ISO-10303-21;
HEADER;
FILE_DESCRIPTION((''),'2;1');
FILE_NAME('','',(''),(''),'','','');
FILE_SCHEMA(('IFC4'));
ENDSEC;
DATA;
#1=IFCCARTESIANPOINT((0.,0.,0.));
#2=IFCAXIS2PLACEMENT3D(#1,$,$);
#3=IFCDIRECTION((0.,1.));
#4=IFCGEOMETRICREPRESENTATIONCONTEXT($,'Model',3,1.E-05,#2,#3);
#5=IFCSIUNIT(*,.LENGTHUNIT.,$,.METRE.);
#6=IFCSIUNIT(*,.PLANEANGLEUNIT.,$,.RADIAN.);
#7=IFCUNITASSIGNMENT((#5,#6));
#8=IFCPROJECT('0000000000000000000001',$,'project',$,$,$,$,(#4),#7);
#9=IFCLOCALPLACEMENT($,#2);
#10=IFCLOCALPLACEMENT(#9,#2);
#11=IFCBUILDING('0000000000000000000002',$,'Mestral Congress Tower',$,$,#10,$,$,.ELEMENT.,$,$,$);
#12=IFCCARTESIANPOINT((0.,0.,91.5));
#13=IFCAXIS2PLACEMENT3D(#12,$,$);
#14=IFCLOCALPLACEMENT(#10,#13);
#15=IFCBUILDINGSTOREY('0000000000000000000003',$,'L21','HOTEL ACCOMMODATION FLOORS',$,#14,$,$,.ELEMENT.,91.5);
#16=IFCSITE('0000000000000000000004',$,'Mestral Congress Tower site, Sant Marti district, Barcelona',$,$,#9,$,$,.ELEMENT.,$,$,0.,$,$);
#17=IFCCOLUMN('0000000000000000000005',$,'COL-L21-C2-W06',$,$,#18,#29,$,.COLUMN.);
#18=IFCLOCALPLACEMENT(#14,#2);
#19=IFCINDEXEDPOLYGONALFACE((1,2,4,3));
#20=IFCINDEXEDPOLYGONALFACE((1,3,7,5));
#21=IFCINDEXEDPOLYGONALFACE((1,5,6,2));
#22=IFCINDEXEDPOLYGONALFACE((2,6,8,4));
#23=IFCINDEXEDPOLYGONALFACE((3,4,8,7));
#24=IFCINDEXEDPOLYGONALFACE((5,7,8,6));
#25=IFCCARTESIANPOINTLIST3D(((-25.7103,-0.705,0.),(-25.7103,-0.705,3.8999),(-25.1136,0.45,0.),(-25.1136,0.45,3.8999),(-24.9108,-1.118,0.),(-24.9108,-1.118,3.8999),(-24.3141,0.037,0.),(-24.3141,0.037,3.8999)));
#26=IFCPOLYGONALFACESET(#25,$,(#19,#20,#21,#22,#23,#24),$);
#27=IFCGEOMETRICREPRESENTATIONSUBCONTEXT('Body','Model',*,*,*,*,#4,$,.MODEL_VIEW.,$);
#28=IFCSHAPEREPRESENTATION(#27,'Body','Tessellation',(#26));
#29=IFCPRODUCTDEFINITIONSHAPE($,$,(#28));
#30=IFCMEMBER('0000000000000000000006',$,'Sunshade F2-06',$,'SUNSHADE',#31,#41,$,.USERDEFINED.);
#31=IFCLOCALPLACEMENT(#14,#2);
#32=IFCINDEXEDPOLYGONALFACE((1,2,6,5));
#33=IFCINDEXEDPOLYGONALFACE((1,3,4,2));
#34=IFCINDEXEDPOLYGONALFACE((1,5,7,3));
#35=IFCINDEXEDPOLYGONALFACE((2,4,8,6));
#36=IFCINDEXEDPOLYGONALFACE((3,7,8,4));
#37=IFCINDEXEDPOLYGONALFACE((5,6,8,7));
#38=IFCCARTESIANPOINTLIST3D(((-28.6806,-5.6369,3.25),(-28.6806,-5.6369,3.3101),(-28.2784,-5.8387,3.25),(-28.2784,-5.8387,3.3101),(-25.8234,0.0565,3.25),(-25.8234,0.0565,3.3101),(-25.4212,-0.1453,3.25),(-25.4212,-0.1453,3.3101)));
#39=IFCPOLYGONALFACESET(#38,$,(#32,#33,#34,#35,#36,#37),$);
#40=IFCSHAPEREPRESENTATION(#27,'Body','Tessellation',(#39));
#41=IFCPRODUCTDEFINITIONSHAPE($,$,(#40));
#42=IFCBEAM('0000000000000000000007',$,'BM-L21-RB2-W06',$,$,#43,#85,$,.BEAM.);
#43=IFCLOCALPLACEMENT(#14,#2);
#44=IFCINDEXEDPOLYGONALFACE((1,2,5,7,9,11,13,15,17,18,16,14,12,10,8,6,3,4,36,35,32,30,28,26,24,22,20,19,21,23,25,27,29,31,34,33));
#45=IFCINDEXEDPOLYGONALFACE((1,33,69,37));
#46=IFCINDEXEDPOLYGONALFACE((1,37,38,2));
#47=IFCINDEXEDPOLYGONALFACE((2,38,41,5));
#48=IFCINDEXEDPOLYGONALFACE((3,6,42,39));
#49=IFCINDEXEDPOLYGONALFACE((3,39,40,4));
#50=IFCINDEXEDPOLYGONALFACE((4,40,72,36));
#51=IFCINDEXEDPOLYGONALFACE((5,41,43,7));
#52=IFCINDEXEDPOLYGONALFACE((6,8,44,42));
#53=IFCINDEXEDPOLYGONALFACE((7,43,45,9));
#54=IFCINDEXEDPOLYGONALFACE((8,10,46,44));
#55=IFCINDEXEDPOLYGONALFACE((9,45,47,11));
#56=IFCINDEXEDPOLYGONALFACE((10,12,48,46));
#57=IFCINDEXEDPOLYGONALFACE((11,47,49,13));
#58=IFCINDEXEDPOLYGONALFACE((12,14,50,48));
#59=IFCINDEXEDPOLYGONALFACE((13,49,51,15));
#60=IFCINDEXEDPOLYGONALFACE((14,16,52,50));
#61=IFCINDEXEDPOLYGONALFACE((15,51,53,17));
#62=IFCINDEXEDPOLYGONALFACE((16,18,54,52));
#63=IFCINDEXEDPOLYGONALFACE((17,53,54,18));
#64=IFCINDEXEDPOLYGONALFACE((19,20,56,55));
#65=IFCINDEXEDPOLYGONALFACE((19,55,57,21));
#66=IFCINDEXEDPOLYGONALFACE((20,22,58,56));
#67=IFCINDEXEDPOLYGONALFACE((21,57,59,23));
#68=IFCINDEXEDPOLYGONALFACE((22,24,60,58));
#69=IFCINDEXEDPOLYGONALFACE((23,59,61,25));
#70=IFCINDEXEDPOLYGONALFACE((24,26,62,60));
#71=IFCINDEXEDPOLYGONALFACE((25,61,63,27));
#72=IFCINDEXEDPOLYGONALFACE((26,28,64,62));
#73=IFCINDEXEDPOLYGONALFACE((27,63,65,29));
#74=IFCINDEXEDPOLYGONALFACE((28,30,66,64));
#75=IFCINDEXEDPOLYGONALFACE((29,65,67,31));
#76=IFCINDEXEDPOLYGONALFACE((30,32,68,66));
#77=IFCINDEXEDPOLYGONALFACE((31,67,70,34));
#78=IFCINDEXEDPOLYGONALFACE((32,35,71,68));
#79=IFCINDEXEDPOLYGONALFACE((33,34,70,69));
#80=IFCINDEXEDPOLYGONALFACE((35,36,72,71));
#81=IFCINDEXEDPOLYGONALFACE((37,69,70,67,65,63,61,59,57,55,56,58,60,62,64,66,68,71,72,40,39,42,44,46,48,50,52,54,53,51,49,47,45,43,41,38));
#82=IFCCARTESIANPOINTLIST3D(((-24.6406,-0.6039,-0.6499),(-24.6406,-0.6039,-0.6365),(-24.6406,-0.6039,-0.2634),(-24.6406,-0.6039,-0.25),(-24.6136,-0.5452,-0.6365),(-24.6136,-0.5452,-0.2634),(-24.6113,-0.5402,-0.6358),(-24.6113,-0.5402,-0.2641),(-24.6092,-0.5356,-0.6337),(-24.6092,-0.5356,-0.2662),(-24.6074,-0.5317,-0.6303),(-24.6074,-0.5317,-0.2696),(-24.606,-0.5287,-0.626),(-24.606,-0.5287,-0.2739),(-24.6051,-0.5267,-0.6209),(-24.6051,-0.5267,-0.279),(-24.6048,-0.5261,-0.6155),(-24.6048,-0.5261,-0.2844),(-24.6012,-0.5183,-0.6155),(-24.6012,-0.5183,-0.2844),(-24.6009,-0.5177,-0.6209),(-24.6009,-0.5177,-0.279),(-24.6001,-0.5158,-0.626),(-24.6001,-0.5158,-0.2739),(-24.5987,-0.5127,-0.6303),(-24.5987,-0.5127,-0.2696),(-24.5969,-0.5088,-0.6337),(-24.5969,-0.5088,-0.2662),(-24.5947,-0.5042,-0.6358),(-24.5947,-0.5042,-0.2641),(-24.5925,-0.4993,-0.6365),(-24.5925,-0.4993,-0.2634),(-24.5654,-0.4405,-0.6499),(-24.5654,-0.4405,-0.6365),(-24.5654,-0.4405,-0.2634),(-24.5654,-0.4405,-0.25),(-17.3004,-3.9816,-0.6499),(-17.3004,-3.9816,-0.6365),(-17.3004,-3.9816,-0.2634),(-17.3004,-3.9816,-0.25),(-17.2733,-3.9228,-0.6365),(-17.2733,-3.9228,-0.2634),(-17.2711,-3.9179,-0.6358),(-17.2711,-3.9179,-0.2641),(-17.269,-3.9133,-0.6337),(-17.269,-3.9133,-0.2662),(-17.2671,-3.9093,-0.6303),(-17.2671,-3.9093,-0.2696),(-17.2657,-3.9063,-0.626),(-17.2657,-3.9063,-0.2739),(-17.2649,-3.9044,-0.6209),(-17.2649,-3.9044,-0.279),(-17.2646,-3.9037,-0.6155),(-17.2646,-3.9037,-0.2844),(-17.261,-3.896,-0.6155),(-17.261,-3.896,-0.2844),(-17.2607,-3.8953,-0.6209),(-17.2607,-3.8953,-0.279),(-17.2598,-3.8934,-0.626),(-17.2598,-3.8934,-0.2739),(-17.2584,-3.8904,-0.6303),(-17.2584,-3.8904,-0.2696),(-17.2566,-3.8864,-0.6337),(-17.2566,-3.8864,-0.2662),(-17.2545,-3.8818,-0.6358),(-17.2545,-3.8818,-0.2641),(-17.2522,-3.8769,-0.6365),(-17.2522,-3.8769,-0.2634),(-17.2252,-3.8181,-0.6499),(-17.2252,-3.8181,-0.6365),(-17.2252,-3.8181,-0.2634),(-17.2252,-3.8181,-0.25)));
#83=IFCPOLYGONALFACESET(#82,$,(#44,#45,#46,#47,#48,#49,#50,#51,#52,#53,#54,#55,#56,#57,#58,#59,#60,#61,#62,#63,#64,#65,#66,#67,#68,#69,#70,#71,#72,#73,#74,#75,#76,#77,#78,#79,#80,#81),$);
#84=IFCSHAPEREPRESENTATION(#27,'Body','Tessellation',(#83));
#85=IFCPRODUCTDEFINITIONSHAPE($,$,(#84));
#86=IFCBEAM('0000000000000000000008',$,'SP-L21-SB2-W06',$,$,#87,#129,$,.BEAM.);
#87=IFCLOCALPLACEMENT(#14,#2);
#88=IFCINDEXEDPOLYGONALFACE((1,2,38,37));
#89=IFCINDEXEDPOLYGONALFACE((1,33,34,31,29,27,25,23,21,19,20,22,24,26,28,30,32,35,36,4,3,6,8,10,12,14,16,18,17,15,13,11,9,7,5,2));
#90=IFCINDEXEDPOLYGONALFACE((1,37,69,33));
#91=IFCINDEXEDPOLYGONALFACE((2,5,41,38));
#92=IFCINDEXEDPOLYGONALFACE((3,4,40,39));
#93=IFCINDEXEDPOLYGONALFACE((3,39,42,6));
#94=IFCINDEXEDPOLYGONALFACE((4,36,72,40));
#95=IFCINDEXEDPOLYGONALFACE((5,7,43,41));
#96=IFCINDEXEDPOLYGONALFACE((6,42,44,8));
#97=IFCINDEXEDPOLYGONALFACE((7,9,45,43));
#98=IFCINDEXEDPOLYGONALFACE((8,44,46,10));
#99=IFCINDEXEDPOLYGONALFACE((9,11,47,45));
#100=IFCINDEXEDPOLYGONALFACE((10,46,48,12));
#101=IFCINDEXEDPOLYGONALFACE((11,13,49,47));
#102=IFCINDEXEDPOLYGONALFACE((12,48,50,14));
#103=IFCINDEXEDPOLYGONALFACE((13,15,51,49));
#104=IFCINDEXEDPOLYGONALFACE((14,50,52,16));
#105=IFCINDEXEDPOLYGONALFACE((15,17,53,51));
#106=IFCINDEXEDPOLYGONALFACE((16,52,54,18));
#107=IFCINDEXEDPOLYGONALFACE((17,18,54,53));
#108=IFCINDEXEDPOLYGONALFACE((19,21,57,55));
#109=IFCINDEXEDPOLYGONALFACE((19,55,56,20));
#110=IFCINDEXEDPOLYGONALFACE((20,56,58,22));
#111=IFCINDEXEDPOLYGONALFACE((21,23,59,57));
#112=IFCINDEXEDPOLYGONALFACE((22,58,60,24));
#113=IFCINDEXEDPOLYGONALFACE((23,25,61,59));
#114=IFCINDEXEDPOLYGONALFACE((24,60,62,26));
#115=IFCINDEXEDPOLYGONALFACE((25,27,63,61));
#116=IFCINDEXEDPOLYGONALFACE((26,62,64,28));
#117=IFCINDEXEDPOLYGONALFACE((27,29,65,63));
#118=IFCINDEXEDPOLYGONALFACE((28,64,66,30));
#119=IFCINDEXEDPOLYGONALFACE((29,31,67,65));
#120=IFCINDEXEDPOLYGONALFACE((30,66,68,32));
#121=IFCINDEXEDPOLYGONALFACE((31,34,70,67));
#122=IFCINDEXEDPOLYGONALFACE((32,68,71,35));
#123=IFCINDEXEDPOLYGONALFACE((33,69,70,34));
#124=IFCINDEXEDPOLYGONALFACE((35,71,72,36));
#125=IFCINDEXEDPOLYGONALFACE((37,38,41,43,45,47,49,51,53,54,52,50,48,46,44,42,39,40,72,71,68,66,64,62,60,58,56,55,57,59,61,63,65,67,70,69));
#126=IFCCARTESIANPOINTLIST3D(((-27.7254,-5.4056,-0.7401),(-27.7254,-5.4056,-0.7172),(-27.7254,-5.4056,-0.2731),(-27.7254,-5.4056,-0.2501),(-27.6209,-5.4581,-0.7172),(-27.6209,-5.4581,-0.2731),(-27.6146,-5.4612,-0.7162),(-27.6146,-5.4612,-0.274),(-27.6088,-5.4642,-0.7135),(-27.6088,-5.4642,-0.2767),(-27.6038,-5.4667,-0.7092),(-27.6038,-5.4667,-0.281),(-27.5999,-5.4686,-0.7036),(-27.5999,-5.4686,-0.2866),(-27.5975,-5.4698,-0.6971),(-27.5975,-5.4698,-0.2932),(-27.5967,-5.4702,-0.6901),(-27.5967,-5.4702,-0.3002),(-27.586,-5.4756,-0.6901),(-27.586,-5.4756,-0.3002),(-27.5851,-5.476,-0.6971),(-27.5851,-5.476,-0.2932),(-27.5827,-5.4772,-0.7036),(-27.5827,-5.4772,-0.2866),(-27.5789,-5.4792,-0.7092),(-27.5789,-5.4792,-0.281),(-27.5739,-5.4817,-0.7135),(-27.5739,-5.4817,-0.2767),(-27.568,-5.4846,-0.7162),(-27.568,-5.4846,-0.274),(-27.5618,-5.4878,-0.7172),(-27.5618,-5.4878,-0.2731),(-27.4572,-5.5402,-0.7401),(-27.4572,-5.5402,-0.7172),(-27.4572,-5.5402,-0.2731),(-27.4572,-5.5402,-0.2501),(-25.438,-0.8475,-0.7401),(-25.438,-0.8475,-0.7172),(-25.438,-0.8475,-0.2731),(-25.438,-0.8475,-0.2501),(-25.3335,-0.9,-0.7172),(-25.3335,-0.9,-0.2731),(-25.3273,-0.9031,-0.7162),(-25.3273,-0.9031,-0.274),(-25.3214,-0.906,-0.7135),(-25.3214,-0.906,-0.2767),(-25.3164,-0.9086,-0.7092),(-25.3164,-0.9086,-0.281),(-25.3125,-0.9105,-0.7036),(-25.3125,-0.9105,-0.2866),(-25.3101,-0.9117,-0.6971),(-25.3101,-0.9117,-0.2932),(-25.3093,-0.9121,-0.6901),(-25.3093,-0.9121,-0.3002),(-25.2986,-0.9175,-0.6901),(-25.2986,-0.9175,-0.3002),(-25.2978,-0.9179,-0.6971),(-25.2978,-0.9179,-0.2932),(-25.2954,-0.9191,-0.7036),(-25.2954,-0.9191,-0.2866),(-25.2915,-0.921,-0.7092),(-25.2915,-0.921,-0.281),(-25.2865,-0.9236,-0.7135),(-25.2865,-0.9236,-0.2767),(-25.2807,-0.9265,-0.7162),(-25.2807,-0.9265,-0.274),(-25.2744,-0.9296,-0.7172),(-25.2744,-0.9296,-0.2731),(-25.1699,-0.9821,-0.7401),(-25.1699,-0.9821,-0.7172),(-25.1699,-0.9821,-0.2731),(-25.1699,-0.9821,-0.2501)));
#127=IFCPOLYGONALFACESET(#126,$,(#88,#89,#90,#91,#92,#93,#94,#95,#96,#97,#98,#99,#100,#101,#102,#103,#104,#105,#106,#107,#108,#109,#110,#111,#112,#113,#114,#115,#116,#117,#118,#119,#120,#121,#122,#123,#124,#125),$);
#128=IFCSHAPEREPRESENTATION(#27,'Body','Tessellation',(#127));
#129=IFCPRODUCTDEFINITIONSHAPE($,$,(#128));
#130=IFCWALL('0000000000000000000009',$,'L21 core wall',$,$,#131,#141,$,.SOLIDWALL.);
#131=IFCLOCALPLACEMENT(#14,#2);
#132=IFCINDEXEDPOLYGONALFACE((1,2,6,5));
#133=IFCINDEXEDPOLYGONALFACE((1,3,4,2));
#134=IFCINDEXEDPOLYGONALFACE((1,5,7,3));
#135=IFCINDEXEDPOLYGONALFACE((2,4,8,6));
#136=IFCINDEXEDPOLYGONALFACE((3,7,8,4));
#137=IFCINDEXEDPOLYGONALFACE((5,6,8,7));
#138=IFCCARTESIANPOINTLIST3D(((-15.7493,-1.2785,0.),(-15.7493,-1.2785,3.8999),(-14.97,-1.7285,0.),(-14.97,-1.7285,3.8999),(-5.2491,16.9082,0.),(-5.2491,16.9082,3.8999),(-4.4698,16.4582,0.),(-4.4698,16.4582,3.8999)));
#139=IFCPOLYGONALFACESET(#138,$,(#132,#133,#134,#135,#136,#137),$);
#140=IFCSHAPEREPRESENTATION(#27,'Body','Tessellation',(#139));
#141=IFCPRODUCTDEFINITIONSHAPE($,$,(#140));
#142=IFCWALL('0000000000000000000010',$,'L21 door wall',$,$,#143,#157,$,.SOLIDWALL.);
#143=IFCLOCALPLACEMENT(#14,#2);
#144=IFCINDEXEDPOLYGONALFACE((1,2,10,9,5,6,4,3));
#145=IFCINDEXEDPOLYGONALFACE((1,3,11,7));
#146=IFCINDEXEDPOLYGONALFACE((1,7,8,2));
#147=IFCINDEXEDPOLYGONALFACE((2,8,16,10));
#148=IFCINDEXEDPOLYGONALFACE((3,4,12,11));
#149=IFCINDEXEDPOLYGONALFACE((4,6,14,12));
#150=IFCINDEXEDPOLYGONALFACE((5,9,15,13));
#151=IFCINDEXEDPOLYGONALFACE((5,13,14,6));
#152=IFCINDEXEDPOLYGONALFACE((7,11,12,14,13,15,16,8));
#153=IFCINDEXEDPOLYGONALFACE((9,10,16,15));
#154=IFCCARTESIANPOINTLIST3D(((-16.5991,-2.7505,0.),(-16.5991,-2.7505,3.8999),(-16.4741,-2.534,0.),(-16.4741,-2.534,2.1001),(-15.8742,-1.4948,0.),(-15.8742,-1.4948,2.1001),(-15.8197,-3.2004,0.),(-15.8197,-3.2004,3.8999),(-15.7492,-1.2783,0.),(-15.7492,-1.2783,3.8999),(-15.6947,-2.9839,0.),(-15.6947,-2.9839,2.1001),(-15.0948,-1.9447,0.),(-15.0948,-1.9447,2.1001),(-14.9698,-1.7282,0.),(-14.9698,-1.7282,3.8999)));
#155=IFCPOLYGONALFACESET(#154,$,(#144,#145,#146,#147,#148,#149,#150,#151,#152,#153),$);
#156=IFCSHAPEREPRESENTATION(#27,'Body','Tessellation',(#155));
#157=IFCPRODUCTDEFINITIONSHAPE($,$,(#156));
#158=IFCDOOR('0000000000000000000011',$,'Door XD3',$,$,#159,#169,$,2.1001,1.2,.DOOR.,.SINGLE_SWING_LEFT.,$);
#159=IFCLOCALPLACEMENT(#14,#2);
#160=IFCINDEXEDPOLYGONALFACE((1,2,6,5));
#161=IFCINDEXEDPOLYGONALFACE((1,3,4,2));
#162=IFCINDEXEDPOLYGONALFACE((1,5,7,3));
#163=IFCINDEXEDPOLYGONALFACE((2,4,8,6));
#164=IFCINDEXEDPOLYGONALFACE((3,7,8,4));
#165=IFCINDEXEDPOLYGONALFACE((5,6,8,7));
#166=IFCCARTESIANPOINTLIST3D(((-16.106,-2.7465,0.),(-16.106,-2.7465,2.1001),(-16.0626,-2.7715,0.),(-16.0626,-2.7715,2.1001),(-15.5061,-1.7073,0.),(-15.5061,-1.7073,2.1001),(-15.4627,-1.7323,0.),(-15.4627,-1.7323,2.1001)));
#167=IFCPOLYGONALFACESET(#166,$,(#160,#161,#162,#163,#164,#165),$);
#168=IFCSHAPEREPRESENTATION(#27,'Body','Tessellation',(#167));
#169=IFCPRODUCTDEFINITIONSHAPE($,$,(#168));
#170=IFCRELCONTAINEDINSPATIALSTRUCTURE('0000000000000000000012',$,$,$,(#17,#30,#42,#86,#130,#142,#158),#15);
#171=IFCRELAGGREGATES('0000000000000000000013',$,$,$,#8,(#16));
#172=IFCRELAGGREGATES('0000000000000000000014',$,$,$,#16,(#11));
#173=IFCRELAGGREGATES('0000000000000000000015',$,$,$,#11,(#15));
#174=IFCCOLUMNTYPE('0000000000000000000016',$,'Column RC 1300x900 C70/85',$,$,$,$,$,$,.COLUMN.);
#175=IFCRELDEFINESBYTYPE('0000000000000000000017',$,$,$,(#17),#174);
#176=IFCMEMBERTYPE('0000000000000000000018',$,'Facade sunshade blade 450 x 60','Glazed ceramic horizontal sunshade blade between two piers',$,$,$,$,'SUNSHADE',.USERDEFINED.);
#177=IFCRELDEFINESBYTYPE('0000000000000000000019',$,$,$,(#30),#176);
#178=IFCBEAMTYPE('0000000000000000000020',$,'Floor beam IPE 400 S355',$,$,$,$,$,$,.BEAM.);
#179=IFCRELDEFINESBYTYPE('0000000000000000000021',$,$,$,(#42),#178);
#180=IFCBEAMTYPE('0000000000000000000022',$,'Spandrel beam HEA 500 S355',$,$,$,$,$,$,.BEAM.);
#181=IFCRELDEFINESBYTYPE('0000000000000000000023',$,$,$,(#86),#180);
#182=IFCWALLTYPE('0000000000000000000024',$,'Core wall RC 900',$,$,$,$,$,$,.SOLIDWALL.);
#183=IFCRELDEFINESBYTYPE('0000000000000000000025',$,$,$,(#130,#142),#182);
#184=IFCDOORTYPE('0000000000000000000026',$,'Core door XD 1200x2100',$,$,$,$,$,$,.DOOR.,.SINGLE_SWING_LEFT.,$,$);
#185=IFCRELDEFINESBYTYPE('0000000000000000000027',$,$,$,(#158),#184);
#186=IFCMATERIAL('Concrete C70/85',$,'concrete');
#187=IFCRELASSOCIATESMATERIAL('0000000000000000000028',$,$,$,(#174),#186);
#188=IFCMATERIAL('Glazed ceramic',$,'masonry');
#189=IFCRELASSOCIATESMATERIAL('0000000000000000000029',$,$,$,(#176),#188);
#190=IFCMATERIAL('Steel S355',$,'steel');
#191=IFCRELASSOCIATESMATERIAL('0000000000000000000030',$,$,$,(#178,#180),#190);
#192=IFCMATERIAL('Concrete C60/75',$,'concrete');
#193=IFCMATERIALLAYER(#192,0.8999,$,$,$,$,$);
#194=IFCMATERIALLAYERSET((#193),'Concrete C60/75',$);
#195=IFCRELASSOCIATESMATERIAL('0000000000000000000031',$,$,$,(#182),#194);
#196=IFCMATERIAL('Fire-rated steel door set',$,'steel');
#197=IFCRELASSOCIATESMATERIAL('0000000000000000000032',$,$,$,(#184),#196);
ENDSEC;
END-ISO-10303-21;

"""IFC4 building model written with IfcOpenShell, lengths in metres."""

from ifc_helpers import new_model, si_unit, direction, frame, frame_2d, origin, origin_2d, place, context, subcontext, project, spatial, rectangle, i_section, extrude, material, layer, layer_set, material_profile, profile_set, type_object, element, fill, save


model = new_model("IFC4")

# Units and contexts
model_context = context("Model", 3, precision=1e-05, world=origin(), true_north=direction((0.0, 1.0)))
body_context = subcontext(model_context, "Body", "Model", "MODEL_VIEW")
ifc_project = project(units=[si_unit("LENGTHUNIT", "METRE"), si_unit("PLANEANGLEUNIT", "RADIAN")], contexts=[model_context])

# Site, building, storey
site_placement = place(None, origin())
site = spatial("IfcSite", under=ifc_project, at=site_placement, Name="Mestral Congress Tower site, Sant Marti district, Barcelona", CompositionType="ELEMENT", RefElevation=0.0)
building_placement = place(site_placement, origin())
building = spatial("IfcBuilding", under=site, at=building_placement, Name="Mestral Congress Tower", CompositionType="ELEMENT")
storey_placement = place(building_placement, frame((0.0, 0.0, 91.5)))
storey = spatial("IfcBuildingStorey", under=building, at=storey_placement, Name="L21", Description="HOTEL ACCOMMODATION FLOORS", CompositionType="ELEMENT", Elevation=91.5)

# Column
ifc_material_1 = material(Name="Concrete C70/85", Category="concrete")
ifc_material_profile_1 = material_profile(ifc_material_1, rectangle(XDim=1.3, YDim=0.8999, at=origin_2d()), Name="RC 1300x900")
ifc_profile_set_1 = profile_set([ifc_material_profile_1], Name="Concrete C70/85")
column_type = type_object("IfcColumnType", Name="Column RC 1300x900 C70/85", PredefinedType="COLUMN", material=ifc_profile_set_1)
column_placement = place(storey_placement, frame((-25.0122, -0.334, 0.0), z_axis=(0.0, 0.0, 1.0), x_axis=(-0.458961, -0.888456, 0.0)))
element("IfcColumn", 1, at=column_placement, inside=storey, type_object=column_type, Name="COL-L21-C2-W06", PredefinedType="COLUMN", context=body_context, shape_type="SweptSolid", body=[
    extrude(rectangle(XDim=1.3, YDim=0.8999, at=origin_2d()), origin(), (0.0, 0.0, 1.0), 3.8999),
])

# Member
ifc_material_2 = material(Name="Glazed ceramic", Category="masonry")
ifc_material_profile_2 = material_profile(ifc_material_2, rectangle(XDim=0.45, YDim=0.0601, at=origin_2d()), Name="Ceramic blade 450 x 60")
ifc_profile_set_2 = profile_set([ifc_material_profile_2], Name="Glazed ceramic")
member_type = type_object("IfcMemberType", Name="Facade sunshade blade 450 x 60", Description="Glazed ceramic horizontal sunshade blade between two piers", ElementType="SUNSHADE", PredefinedType="USERDEFINED", material=ifc_profile_set_2)
member_placement = place(storey_placement, frame((-25.6223, -0.0444, 3.28), z_axis=(-0.448532, -0.893767, 0.0), x_axis=(0.893767, -0.448532, 0.0)))
element("IfcMember", 2, at=member_placement, inside=storey, type_object=member_type, Name="Sunshade F2-06", ObjectType="SUNSHADE", PredefinedType="USERDEFINED", context=body_context, shape_type="SweptSolid", body=[
    extrude(rectangle(XDim=0.45, YDim=0.0601, at=origin_2d()), origin(), (0.0, 0.0, 1.0), 6.3701),
])

# Beams
ifc_material_3 = material(Name="Steel S355", Category="steel")
ifc_material_profile_3 = material_profile(ifc_material_3, i_section(OverallWidth=0.1799, OverallDepth=0.3999, WebThickness=0.0085, FlangeThickness=0.0134, FilletRadius=0.021, at=origin_2d()), Name="IPE 400")
ifc_profile_set_3 = profile_set([ifc_material_profile_3], Name="Steel S355")
beam_type_1 = type_object("IfcBeamType", Name="Floor beam IPE 400 S355", PredefinedType="BEAM", material=ifc_profile_set_3)
beam_1_placement = place(storey_placement, frame((-24.603, -0.5222, -0.45), z_axis=(0.908437, -0.418021, 0.0), x_axis=(0.418021, 0.908437, 0.0)))
element("IfcBeam", 3, at=beam_1_placement, inside=storey, type_object=beam_type_1, Name="BM-L21-RB2-W06", PredefinedType="BEAM", context=body_context, shape_type="SweptSolid", body=[
    extrude(i_section(OverallWidth=0.1799, OverallDepth=0.3999, WebThickness=0.0085, FlangeThickness=0.0134, FilletRadius=0.021, at=origin_2d()), origin(), (0.0, 0.0, 1.0), 8.0801),
])
ifc_material_profile_4 = material_profile(ifc_material_3, i_section(OverallWidth=0.3, OverallDepth=0.49, WebThickness=0.012, FlangeThickness=0.0229, FilletRadius=0.0271, at=origin_2d()), Name="HEA 500")
ifc_profile_set_4 = profile_set([ifc_material_profile_4], Name="Steel S355")
beam_type_2 = type_object("IfcBeamType", Name="Spandrel beam HEA 500 S355", PredefinedType="BEAM", material=ifc_profile_set_4)
beam_2_placement = place(storey_placement, frame((-25.304, -0.9148, -0.4951), z_axis=(-0.448515, -0.893775, 0.0), x_axis=(0.893775, -0.448515, 0.0)))
element("IfcBeam", 4, at=beam_2_placement, inside=storey, type_object=beam_type_2, Name="SP-L21-SB2-W06", PredefinedType="BEAM", context=body_context, shape_type="SweptSolid", body=[
    extrude(i_section(OverallWidth=0.3, OverallDepth=0.49, WebThickness=0.012, FlangeThickness=0.0229, FilletRadius=0.0271, at=origin_2d()), origin(), (0.0, 0.0, 1.0), 5.0999),
])

# Wall
ifc_material_4 = material(Name="Concrete C60/75", Category="concrete")
ifc_layer_1 = layer(ifc_material_4, 0.8999)
ifc_layer_set_1 = layer_set([ifc_layer_1], Name="Concrete C60/75")
wall_type_1 = type_object("IfcWallType", Name="Core wall RC 900", PredefinedType="SOLIDWALL", material=ifc_layer_set_1)
wall_1_placement = place(storey_placement, frame((-15.3596, -1.5034, 0.0), z_axis=(0.0, 0.0, 1.0), x_axis=(0.500004, 0.866023, 0.0)))
element("IfcWall", 5, at=wall_1_placement, inside=storey, type_object=wall_type_1, Name="L21 core wall", PredefinedType="SOLIDWALL", context=body_context, shape_type="SweptSolid", body=[
    extrude(rectangle(XDim=21.0002, YDim=0.8999, at=frame_2d((10.5, 0.0))), origin(), (0.0, 0.0, 1.0), 3.8999),
])

# Wall, opening, door
wall_2_placement = place(storey_placement, frame((-16.2095, -2.9756, 0.0), z_axis=(0.0, 0.0, 1.0), x_axis=(0.499955, 0.866052, 0.0)))
wall_2 = element("IfcWall", 6, at=wall_2_placement, inside=storey, type_object=wall_type_1, Name="L21 door wall", PredefinedType="SOLIDWALL", context=body_context, shape_type="SweptSolid", body=[
    extrude(rectangle(XDim=1.7, YDim=0.8999, at=frame_2d((0.8501, 0.0))), origin(), (0.0, 0.0, 1.0), 3.8999),
])
opening_1_placement = place(wall_2_placement, frame((0.25, 0.0, 0.0)))
opening_1 = element("IfcOpeningElement", 7, at=opening_1_placement, cuts=wall_2, PredefinedType="OPENING", context=body_context, shape_type="SweptSolid", body=[
    extrude(rectangle(XDim=1.2, YDim=2.1001, at=frame_2d((0.6001, 1.05))), frame((0.0, 0.46, 0.0), z_axis=(0.0, -1.0, 0.0), x_axis=(1.0, 0.0, 0.0)), (0.0, 0.0, 1.0), 0.9199),
])
ifc_material_5 = material(Name="Fire-rated steel door set", Category="steel")
door_type_1 = type_object("IfcDoorType", Name="Core door XD 1200x2100", OperationType="SINGLE_SWING_LEFT", PredefinedType="DOOR", material=ifc_material_5)
door_1_placement = place(opening_1_placement, origin())
door_1 = element("IfcDoor", 8, at=door_1_placement, inside=storey, type_object=door_type_1, Name="Door XD3", OperationType="SINGLE_SWING_LEFT", OverallHeight=2.1001, OverallWidth=1.2, PredefinedType="DOOR", context=body_context, shape_type="SweptSolid", body=[
    extrude(rectangle(XDim=1.2, YDim=2.1001, at=frame_2d((0.6001, 1.05))), frame((0.0, 0.0249, 0.0), z_axis=(0.0, -1.0, 0.0), x_axis=(1.0, 0.0, 0.0)), (0.0, 0.0, 1.0), 0.05),
])
fill(opening_1, door_1)

save(model, "model.ifc")
